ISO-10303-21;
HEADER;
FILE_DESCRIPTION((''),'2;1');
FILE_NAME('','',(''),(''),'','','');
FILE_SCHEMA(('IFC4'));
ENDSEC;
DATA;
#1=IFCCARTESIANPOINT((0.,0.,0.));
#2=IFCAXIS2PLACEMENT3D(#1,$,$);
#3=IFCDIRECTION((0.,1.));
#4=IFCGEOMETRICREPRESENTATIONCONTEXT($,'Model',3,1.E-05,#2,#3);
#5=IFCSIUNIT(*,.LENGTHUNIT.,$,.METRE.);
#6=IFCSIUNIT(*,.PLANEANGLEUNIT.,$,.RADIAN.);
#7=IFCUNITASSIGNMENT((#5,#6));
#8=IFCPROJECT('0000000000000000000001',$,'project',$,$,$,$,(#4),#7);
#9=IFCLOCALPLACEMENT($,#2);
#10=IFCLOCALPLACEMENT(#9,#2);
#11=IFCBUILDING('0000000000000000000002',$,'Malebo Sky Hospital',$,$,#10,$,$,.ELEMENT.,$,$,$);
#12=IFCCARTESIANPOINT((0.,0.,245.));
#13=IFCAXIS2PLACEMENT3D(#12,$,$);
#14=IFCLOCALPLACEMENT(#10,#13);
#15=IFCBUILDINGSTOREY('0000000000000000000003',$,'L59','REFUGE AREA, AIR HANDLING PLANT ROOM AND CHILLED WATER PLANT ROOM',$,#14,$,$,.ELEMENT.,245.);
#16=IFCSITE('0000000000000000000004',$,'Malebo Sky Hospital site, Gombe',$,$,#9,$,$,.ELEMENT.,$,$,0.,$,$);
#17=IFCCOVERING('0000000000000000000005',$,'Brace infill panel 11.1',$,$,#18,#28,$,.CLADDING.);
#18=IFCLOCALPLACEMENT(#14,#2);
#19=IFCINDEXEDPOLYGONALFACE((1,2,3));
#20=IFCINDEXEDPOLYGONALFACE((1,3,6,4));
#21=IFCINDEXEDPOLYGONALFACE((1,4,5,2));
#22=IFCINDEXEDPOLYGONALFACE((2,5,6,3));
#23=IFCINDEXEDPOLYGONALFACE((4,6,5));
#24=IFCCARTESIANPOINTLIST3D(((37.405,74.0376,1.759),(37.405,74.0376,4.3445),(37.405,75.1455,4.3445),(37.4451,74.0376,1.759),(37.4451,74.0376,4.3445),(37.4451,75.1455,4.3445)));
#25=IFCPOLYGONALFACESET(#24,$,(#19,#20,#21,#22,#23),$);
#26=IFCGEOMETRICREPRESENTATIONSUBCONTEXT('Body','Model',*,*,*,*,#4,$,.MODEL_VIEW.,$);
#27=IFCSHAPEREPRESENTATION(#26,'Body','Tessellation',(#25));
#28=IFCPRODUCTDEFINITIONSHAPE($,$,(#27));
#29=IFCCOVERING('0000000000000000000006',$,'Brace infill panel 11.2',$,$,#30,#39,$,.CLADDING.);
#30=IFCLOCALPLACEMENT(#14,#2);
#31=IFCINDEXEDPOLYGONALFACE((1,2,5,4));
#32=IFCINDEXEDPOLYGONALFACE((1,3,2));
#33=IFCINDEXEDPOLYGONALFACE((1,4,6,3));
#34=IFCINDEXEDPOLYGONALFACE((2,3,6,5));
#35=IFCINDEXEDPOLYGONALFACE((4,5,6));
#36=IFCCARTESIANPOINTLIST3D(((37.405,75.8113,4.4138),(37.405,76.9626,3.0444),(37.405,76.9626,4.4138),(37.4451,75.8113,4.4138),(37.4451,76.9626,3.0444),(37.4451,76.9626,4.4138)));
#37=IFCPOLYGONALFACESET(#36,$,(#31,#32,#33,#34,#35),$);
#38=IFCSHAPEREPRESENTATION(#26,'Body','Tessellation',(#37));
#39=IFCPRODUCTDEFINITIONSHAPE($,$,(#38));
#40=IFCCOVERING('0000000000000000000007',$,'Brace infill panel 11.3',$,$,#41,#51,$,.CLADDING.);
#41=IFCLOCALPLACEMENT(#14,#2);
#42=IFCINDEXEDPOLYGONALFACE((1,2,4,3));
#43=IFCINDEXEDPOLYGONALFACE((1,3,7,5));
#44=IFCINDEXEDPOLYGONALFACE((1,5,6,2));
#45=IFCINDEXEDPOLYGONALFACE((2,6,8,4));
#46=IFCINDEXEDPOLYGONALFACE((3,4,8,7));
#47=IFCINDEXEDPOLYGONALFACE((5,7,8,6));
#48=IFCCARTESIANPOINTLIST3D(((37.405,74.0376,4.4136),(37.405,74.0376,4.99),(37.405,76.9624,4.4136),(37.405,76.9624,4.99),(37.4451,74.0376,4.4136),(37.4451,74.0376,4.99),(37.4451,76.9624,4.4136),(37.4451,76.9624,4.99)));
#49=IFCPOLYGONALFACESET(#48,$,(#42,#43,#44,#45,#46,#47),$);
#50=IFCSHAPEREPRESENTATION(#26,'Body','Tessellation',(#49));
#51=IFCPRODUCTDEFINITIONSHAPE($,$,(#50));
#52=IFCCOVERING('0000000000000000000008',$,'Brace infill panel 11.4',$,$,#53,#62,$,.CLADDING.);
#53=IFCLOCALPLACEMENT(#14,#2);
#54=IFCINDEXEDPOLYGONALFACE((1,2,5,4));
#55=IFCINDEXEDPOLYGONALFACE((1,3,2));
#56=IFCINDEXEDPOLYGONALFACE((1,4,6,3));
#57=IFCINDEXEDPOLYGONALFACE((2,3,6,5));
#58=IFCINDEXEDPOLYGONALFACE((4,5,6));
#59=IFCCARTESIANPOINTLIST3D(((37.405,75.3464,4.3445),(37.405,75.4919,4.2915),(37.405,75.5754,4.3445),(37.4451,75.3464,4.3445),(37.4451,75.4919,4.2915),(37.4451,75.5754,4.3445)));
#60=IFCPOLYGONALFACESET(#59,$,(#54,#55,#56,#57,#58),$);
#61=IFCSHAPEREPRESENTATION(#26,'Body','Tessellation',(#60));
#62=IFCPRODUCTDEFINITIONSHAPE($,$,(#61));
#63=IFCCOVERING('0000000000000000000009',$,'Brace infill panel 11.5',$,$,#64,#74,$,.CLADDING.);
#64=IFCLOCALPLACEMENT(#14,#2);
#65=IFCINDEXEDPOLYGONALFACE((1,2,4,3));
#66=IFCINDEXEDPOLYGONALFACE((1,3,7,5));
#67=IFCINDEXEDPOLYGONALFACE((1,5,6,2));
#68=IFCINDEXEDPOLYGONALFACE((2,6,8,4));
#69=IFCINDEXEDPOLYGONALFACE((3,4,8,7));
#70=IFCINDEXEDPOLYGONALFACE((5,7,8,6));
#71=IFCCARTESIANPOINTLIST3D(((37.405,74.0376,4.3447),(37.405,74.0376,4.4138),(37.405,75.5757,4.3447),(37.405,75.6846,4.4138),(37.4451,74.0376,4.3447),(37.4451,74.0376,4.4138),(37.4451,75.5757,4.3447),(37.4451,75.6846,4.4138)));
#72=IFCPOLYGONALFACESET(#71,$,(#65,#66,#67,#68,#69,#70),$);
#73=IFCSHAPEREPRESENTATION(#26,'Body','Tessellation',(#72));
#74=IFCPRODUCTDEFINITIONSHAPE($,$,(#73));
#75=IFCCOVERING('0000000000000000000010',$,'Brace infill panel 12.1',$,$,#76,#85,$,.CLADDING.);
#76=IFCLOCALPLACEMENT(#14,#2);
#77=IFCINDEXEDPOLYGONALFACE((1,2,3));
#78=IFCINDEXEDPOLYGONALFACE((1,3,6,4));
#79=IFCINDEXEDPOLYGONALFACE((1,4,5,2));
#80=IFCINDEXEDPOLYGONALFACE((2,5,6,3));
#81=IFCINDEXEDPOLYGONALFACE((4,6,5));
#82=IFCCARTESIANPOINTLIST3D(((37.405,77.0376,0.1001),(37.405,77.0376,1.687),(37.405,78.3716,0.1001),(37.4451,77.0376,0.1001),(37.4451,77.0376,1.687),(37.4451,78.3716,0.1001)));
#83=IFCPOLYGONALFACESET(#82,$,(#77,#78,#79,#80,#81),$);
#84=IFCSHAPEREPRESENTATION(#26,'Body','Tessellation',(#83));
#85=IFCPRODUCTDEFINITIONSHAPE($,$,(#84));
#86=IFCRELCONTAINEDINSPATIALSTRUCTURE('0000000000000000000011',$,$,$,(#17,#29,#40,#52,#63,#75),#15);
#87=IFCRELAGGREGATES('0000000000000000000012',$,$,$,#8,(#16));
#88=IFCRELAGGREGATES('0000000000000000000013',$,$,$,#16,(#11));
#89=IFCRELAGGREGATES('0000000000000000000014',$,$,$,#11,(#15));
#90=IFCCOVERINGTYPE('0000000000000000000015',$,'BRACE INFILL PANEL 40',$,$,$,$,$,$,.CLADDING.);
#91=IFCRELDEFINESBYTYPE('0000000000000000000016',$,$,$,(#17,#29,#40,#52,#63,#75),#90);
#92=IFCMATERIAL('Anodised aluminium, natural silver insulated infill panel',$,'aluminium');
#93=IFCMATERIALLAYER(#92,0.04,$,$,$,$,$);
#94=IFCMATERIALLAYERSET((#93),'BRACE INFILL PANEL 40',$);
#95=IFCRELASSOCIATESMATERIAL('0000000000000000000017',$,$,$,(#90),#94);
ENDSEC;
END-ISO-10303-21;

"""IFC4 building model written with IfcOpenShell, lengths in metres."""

from ifc_helpers import new_model, si_unit, direction, frame, origin, place, context, subcontext, project, spatial, polyline, outline, extrude, material, layer, layer_set, type_object, element, save


model = new_model("IFC4")

# Units and contexts
model_context = context("Model", 3, precision=1e-05, world=origin(), true_north=direction((0.0, 1.0)))
body_context = subcontext(model_context, "Body", "Model", "MODEL_VIEW")
ifc_project = project(units=[si_unit("LENGTHUNIT", "METRE"), si_unit("PLANEANGLEUNIT", "RADIAN")], contexts=[model_context])

# Site, building, storey
site_placement = place(None, origin())
site = spatial("IfcSite", under=ifc_project, at=site_placement, Name="Malebo Sky Hospital site, Gombe", CompositionType="ELEMENT", RefElevation=0.0)
building_placement = place(site_placement, origin())
building = spatial("IfcBuilding", under=site, at=building_placement, Name="Malebo Sky Hospital", CompositionType="ELEMENT")
storey_placement = place(building_placement, frame((0.0, 0.0, 245.0)))
storey = spatial("IfcBuildingStorey", under=building, at=storey_placement, Name="L59", Description="REFUGE AREA, AIR HANDLING PLANT ROOM AND CHILLED WATER PLANT ROOM", CompositionType="ELEMENT", Elevation=245.0)

# Coverings
ifc_material_1 = material(Name="Anodised aluminium, natural silver insulated infill panel", Category="aluminium")
ifc_layer_1 = layer(ifc_material_1, 0.04)
ifc_layer_set_1 = layer_set([ifc_layer_1], Name="BRACE INFILL PANEL 40")
covering_type = type_object("IfcCoveringType", Name="BRACE INFILL PANEL 40", PredefinedType="CLADDING", material=ifc_layer_set_1)
covering_1_placement = place(storey_placement, frame((37.425, 74.5916, 1.759), z_axis=(0.0, 0.0, 1.0), x_axis=(0.0, 1.0, 0.0)))
element("IfcCovering", 1, at=covering_1_placement, inside=storey, type_object=covering_type, Name="Brace infill panel 11.1", PredefinedType="CLADDING", context=body_context, shape_type="SweptSolid", body=[
    extrude(outline(polyline([(-0.554, 0.0), (0.554, 2.5854), (-0.554, 2.5854), (-0.554, 0.0)])), frame((0.0, 0.02, 0.0), z_axis=(0.0, -1.0, 0.0), x_axis=(1.0, 0.0, 0.0)), (0.0, 0.0, 1.0), 0.04),
])
covering_2_placement = place(storey_placement, frame((37.425, 76.387, 3.0444), z_axis=(0.0, 0.0, 1.0), x_axis=(0.0, 1.0, 0.0)))
element("IfcCovering", 2, at=covering_2_placement, inside=storey, type_object=covering_type, Name="Brace infill panel 11.2", PredefinedType="CLADDING", context=body_context, shape_type="SweptSolid", body=[
    extrude(outline(polyline([(0.5757, 0.0), (0.5757, 1.3694), (-0.5757, 1.3694), (0.5757, 0.0)])), frame((0.0, 0.02, 0.0), z_axis=(0.0, -1.0, 0.0), x_axis=(1.0, 0.0, 0.0)), (0.0, 0.0, 1.0), 0.04),
])
covering_3_placement = place(storey_placement, frame((37.425, 75.5, 4.4136), z_axis=(0.0, 0.0, 1.0), x_axis=(0.0, 1.0, 0.0)))
element("IfcCovering", 3, at=covering_3_placement, inside=storey, type_object=covering_type, Name="Brace infill panel 11.3", PredefinedType="CLADDING", context=body_context, shape_type="SweptSolid", body=[
    extrude(outline(polyline([(-1.4624, 0.0), (1.4624, 0.0), (1.4624, 0.5764), (-1.4624, 0.5764), (-1.4624, 0.0)])), frame((0.0, 0.02, 0.0), z_axis=(0.0, -1.0, 0.0), x_axis=(1.0, 0.0, 0.0)), (0.0, 0.0, 1.0), 0.04),
])
covering_4_placement = place(storey_placement, frame((37.425, 75.4609, 4.2915), z_axis=(0.0, 0.0, 1.0), x_axis=(0.0, 1.0, 0.0)))
element("IfcCovering", 4, at=covering_4_placement, inside=storey, type_object=covering_type, Name="Brace infill panel 11.4", PredefinedType="CLADDING", context=body_context, shape_type="SweptSolid", body=[
    extrude(outline(polyline([(0.031, 0.0), (0.1145, 0.053), (-0.1145, 0.053), (0.031, 0.0)])), frame((0.0, 0.02, 0.0), z_axis=(0.0, -1.0, 0.0), x_axis=(1.0, 0.0, 0.0)), (0.0, 0.0, 1.0), 0.04),
])
covering_5_placement = place(storey_placement, frame((37.425, 74.8611, 4.3447), z_axis=(0.0, 0.0, 1.0), x_axis=(0.0, 1.0, 0.0)))
element("IfcCovering", 5, at=covering_5_placement, inside=storey, type_object=covering_type, Name="Brace infill panel 11.5", PredefinedType="CLADDING", context=body_context, shape_type="SweptSolid", body=[
    extrude(outline(polyline([(-0.8235, 0.0), (0.7146, 0.0), (0.8235, 0.0691), (-0.8235, 0.0691), (-0.8235, 0.0)])), frame((0.0, 0.02, 0.0), z_axis=(0.0, -1.0, 0.0), x_axis=(1.0, 0.0, 0.0)), (0.0, 0.0, 1.0), 0.04),
])
covering_6_placement = place(storey_placement, frame((37.425, 77.7046, 0.1001), z_axis=(0.0, 0.0, 1.0), x_axis=(0.0, 1.0, 0.0)))
element("IfcCovering", 6, at=covering_6_placement, inside=storey, type_object=covering_type, Name="Brace infill panel 12.1", PredefinedType="CLADDING", context=body_context, shape_type="SweptSolid", body=[
    extrude(outline(polyline([(-0.667, 0.0), (0.667, 0.0), (-0.667, 1.5869), (-0.667, 0.0)])), frame((0.0, 0.02, 0.0), z_axis=(0.0, -1.0, 0.0), x_axis=(1.0, 0.0, 0.0)), (0.0, 0.0, 1.0), 0.04),
])

save(model, "model.ifc")
